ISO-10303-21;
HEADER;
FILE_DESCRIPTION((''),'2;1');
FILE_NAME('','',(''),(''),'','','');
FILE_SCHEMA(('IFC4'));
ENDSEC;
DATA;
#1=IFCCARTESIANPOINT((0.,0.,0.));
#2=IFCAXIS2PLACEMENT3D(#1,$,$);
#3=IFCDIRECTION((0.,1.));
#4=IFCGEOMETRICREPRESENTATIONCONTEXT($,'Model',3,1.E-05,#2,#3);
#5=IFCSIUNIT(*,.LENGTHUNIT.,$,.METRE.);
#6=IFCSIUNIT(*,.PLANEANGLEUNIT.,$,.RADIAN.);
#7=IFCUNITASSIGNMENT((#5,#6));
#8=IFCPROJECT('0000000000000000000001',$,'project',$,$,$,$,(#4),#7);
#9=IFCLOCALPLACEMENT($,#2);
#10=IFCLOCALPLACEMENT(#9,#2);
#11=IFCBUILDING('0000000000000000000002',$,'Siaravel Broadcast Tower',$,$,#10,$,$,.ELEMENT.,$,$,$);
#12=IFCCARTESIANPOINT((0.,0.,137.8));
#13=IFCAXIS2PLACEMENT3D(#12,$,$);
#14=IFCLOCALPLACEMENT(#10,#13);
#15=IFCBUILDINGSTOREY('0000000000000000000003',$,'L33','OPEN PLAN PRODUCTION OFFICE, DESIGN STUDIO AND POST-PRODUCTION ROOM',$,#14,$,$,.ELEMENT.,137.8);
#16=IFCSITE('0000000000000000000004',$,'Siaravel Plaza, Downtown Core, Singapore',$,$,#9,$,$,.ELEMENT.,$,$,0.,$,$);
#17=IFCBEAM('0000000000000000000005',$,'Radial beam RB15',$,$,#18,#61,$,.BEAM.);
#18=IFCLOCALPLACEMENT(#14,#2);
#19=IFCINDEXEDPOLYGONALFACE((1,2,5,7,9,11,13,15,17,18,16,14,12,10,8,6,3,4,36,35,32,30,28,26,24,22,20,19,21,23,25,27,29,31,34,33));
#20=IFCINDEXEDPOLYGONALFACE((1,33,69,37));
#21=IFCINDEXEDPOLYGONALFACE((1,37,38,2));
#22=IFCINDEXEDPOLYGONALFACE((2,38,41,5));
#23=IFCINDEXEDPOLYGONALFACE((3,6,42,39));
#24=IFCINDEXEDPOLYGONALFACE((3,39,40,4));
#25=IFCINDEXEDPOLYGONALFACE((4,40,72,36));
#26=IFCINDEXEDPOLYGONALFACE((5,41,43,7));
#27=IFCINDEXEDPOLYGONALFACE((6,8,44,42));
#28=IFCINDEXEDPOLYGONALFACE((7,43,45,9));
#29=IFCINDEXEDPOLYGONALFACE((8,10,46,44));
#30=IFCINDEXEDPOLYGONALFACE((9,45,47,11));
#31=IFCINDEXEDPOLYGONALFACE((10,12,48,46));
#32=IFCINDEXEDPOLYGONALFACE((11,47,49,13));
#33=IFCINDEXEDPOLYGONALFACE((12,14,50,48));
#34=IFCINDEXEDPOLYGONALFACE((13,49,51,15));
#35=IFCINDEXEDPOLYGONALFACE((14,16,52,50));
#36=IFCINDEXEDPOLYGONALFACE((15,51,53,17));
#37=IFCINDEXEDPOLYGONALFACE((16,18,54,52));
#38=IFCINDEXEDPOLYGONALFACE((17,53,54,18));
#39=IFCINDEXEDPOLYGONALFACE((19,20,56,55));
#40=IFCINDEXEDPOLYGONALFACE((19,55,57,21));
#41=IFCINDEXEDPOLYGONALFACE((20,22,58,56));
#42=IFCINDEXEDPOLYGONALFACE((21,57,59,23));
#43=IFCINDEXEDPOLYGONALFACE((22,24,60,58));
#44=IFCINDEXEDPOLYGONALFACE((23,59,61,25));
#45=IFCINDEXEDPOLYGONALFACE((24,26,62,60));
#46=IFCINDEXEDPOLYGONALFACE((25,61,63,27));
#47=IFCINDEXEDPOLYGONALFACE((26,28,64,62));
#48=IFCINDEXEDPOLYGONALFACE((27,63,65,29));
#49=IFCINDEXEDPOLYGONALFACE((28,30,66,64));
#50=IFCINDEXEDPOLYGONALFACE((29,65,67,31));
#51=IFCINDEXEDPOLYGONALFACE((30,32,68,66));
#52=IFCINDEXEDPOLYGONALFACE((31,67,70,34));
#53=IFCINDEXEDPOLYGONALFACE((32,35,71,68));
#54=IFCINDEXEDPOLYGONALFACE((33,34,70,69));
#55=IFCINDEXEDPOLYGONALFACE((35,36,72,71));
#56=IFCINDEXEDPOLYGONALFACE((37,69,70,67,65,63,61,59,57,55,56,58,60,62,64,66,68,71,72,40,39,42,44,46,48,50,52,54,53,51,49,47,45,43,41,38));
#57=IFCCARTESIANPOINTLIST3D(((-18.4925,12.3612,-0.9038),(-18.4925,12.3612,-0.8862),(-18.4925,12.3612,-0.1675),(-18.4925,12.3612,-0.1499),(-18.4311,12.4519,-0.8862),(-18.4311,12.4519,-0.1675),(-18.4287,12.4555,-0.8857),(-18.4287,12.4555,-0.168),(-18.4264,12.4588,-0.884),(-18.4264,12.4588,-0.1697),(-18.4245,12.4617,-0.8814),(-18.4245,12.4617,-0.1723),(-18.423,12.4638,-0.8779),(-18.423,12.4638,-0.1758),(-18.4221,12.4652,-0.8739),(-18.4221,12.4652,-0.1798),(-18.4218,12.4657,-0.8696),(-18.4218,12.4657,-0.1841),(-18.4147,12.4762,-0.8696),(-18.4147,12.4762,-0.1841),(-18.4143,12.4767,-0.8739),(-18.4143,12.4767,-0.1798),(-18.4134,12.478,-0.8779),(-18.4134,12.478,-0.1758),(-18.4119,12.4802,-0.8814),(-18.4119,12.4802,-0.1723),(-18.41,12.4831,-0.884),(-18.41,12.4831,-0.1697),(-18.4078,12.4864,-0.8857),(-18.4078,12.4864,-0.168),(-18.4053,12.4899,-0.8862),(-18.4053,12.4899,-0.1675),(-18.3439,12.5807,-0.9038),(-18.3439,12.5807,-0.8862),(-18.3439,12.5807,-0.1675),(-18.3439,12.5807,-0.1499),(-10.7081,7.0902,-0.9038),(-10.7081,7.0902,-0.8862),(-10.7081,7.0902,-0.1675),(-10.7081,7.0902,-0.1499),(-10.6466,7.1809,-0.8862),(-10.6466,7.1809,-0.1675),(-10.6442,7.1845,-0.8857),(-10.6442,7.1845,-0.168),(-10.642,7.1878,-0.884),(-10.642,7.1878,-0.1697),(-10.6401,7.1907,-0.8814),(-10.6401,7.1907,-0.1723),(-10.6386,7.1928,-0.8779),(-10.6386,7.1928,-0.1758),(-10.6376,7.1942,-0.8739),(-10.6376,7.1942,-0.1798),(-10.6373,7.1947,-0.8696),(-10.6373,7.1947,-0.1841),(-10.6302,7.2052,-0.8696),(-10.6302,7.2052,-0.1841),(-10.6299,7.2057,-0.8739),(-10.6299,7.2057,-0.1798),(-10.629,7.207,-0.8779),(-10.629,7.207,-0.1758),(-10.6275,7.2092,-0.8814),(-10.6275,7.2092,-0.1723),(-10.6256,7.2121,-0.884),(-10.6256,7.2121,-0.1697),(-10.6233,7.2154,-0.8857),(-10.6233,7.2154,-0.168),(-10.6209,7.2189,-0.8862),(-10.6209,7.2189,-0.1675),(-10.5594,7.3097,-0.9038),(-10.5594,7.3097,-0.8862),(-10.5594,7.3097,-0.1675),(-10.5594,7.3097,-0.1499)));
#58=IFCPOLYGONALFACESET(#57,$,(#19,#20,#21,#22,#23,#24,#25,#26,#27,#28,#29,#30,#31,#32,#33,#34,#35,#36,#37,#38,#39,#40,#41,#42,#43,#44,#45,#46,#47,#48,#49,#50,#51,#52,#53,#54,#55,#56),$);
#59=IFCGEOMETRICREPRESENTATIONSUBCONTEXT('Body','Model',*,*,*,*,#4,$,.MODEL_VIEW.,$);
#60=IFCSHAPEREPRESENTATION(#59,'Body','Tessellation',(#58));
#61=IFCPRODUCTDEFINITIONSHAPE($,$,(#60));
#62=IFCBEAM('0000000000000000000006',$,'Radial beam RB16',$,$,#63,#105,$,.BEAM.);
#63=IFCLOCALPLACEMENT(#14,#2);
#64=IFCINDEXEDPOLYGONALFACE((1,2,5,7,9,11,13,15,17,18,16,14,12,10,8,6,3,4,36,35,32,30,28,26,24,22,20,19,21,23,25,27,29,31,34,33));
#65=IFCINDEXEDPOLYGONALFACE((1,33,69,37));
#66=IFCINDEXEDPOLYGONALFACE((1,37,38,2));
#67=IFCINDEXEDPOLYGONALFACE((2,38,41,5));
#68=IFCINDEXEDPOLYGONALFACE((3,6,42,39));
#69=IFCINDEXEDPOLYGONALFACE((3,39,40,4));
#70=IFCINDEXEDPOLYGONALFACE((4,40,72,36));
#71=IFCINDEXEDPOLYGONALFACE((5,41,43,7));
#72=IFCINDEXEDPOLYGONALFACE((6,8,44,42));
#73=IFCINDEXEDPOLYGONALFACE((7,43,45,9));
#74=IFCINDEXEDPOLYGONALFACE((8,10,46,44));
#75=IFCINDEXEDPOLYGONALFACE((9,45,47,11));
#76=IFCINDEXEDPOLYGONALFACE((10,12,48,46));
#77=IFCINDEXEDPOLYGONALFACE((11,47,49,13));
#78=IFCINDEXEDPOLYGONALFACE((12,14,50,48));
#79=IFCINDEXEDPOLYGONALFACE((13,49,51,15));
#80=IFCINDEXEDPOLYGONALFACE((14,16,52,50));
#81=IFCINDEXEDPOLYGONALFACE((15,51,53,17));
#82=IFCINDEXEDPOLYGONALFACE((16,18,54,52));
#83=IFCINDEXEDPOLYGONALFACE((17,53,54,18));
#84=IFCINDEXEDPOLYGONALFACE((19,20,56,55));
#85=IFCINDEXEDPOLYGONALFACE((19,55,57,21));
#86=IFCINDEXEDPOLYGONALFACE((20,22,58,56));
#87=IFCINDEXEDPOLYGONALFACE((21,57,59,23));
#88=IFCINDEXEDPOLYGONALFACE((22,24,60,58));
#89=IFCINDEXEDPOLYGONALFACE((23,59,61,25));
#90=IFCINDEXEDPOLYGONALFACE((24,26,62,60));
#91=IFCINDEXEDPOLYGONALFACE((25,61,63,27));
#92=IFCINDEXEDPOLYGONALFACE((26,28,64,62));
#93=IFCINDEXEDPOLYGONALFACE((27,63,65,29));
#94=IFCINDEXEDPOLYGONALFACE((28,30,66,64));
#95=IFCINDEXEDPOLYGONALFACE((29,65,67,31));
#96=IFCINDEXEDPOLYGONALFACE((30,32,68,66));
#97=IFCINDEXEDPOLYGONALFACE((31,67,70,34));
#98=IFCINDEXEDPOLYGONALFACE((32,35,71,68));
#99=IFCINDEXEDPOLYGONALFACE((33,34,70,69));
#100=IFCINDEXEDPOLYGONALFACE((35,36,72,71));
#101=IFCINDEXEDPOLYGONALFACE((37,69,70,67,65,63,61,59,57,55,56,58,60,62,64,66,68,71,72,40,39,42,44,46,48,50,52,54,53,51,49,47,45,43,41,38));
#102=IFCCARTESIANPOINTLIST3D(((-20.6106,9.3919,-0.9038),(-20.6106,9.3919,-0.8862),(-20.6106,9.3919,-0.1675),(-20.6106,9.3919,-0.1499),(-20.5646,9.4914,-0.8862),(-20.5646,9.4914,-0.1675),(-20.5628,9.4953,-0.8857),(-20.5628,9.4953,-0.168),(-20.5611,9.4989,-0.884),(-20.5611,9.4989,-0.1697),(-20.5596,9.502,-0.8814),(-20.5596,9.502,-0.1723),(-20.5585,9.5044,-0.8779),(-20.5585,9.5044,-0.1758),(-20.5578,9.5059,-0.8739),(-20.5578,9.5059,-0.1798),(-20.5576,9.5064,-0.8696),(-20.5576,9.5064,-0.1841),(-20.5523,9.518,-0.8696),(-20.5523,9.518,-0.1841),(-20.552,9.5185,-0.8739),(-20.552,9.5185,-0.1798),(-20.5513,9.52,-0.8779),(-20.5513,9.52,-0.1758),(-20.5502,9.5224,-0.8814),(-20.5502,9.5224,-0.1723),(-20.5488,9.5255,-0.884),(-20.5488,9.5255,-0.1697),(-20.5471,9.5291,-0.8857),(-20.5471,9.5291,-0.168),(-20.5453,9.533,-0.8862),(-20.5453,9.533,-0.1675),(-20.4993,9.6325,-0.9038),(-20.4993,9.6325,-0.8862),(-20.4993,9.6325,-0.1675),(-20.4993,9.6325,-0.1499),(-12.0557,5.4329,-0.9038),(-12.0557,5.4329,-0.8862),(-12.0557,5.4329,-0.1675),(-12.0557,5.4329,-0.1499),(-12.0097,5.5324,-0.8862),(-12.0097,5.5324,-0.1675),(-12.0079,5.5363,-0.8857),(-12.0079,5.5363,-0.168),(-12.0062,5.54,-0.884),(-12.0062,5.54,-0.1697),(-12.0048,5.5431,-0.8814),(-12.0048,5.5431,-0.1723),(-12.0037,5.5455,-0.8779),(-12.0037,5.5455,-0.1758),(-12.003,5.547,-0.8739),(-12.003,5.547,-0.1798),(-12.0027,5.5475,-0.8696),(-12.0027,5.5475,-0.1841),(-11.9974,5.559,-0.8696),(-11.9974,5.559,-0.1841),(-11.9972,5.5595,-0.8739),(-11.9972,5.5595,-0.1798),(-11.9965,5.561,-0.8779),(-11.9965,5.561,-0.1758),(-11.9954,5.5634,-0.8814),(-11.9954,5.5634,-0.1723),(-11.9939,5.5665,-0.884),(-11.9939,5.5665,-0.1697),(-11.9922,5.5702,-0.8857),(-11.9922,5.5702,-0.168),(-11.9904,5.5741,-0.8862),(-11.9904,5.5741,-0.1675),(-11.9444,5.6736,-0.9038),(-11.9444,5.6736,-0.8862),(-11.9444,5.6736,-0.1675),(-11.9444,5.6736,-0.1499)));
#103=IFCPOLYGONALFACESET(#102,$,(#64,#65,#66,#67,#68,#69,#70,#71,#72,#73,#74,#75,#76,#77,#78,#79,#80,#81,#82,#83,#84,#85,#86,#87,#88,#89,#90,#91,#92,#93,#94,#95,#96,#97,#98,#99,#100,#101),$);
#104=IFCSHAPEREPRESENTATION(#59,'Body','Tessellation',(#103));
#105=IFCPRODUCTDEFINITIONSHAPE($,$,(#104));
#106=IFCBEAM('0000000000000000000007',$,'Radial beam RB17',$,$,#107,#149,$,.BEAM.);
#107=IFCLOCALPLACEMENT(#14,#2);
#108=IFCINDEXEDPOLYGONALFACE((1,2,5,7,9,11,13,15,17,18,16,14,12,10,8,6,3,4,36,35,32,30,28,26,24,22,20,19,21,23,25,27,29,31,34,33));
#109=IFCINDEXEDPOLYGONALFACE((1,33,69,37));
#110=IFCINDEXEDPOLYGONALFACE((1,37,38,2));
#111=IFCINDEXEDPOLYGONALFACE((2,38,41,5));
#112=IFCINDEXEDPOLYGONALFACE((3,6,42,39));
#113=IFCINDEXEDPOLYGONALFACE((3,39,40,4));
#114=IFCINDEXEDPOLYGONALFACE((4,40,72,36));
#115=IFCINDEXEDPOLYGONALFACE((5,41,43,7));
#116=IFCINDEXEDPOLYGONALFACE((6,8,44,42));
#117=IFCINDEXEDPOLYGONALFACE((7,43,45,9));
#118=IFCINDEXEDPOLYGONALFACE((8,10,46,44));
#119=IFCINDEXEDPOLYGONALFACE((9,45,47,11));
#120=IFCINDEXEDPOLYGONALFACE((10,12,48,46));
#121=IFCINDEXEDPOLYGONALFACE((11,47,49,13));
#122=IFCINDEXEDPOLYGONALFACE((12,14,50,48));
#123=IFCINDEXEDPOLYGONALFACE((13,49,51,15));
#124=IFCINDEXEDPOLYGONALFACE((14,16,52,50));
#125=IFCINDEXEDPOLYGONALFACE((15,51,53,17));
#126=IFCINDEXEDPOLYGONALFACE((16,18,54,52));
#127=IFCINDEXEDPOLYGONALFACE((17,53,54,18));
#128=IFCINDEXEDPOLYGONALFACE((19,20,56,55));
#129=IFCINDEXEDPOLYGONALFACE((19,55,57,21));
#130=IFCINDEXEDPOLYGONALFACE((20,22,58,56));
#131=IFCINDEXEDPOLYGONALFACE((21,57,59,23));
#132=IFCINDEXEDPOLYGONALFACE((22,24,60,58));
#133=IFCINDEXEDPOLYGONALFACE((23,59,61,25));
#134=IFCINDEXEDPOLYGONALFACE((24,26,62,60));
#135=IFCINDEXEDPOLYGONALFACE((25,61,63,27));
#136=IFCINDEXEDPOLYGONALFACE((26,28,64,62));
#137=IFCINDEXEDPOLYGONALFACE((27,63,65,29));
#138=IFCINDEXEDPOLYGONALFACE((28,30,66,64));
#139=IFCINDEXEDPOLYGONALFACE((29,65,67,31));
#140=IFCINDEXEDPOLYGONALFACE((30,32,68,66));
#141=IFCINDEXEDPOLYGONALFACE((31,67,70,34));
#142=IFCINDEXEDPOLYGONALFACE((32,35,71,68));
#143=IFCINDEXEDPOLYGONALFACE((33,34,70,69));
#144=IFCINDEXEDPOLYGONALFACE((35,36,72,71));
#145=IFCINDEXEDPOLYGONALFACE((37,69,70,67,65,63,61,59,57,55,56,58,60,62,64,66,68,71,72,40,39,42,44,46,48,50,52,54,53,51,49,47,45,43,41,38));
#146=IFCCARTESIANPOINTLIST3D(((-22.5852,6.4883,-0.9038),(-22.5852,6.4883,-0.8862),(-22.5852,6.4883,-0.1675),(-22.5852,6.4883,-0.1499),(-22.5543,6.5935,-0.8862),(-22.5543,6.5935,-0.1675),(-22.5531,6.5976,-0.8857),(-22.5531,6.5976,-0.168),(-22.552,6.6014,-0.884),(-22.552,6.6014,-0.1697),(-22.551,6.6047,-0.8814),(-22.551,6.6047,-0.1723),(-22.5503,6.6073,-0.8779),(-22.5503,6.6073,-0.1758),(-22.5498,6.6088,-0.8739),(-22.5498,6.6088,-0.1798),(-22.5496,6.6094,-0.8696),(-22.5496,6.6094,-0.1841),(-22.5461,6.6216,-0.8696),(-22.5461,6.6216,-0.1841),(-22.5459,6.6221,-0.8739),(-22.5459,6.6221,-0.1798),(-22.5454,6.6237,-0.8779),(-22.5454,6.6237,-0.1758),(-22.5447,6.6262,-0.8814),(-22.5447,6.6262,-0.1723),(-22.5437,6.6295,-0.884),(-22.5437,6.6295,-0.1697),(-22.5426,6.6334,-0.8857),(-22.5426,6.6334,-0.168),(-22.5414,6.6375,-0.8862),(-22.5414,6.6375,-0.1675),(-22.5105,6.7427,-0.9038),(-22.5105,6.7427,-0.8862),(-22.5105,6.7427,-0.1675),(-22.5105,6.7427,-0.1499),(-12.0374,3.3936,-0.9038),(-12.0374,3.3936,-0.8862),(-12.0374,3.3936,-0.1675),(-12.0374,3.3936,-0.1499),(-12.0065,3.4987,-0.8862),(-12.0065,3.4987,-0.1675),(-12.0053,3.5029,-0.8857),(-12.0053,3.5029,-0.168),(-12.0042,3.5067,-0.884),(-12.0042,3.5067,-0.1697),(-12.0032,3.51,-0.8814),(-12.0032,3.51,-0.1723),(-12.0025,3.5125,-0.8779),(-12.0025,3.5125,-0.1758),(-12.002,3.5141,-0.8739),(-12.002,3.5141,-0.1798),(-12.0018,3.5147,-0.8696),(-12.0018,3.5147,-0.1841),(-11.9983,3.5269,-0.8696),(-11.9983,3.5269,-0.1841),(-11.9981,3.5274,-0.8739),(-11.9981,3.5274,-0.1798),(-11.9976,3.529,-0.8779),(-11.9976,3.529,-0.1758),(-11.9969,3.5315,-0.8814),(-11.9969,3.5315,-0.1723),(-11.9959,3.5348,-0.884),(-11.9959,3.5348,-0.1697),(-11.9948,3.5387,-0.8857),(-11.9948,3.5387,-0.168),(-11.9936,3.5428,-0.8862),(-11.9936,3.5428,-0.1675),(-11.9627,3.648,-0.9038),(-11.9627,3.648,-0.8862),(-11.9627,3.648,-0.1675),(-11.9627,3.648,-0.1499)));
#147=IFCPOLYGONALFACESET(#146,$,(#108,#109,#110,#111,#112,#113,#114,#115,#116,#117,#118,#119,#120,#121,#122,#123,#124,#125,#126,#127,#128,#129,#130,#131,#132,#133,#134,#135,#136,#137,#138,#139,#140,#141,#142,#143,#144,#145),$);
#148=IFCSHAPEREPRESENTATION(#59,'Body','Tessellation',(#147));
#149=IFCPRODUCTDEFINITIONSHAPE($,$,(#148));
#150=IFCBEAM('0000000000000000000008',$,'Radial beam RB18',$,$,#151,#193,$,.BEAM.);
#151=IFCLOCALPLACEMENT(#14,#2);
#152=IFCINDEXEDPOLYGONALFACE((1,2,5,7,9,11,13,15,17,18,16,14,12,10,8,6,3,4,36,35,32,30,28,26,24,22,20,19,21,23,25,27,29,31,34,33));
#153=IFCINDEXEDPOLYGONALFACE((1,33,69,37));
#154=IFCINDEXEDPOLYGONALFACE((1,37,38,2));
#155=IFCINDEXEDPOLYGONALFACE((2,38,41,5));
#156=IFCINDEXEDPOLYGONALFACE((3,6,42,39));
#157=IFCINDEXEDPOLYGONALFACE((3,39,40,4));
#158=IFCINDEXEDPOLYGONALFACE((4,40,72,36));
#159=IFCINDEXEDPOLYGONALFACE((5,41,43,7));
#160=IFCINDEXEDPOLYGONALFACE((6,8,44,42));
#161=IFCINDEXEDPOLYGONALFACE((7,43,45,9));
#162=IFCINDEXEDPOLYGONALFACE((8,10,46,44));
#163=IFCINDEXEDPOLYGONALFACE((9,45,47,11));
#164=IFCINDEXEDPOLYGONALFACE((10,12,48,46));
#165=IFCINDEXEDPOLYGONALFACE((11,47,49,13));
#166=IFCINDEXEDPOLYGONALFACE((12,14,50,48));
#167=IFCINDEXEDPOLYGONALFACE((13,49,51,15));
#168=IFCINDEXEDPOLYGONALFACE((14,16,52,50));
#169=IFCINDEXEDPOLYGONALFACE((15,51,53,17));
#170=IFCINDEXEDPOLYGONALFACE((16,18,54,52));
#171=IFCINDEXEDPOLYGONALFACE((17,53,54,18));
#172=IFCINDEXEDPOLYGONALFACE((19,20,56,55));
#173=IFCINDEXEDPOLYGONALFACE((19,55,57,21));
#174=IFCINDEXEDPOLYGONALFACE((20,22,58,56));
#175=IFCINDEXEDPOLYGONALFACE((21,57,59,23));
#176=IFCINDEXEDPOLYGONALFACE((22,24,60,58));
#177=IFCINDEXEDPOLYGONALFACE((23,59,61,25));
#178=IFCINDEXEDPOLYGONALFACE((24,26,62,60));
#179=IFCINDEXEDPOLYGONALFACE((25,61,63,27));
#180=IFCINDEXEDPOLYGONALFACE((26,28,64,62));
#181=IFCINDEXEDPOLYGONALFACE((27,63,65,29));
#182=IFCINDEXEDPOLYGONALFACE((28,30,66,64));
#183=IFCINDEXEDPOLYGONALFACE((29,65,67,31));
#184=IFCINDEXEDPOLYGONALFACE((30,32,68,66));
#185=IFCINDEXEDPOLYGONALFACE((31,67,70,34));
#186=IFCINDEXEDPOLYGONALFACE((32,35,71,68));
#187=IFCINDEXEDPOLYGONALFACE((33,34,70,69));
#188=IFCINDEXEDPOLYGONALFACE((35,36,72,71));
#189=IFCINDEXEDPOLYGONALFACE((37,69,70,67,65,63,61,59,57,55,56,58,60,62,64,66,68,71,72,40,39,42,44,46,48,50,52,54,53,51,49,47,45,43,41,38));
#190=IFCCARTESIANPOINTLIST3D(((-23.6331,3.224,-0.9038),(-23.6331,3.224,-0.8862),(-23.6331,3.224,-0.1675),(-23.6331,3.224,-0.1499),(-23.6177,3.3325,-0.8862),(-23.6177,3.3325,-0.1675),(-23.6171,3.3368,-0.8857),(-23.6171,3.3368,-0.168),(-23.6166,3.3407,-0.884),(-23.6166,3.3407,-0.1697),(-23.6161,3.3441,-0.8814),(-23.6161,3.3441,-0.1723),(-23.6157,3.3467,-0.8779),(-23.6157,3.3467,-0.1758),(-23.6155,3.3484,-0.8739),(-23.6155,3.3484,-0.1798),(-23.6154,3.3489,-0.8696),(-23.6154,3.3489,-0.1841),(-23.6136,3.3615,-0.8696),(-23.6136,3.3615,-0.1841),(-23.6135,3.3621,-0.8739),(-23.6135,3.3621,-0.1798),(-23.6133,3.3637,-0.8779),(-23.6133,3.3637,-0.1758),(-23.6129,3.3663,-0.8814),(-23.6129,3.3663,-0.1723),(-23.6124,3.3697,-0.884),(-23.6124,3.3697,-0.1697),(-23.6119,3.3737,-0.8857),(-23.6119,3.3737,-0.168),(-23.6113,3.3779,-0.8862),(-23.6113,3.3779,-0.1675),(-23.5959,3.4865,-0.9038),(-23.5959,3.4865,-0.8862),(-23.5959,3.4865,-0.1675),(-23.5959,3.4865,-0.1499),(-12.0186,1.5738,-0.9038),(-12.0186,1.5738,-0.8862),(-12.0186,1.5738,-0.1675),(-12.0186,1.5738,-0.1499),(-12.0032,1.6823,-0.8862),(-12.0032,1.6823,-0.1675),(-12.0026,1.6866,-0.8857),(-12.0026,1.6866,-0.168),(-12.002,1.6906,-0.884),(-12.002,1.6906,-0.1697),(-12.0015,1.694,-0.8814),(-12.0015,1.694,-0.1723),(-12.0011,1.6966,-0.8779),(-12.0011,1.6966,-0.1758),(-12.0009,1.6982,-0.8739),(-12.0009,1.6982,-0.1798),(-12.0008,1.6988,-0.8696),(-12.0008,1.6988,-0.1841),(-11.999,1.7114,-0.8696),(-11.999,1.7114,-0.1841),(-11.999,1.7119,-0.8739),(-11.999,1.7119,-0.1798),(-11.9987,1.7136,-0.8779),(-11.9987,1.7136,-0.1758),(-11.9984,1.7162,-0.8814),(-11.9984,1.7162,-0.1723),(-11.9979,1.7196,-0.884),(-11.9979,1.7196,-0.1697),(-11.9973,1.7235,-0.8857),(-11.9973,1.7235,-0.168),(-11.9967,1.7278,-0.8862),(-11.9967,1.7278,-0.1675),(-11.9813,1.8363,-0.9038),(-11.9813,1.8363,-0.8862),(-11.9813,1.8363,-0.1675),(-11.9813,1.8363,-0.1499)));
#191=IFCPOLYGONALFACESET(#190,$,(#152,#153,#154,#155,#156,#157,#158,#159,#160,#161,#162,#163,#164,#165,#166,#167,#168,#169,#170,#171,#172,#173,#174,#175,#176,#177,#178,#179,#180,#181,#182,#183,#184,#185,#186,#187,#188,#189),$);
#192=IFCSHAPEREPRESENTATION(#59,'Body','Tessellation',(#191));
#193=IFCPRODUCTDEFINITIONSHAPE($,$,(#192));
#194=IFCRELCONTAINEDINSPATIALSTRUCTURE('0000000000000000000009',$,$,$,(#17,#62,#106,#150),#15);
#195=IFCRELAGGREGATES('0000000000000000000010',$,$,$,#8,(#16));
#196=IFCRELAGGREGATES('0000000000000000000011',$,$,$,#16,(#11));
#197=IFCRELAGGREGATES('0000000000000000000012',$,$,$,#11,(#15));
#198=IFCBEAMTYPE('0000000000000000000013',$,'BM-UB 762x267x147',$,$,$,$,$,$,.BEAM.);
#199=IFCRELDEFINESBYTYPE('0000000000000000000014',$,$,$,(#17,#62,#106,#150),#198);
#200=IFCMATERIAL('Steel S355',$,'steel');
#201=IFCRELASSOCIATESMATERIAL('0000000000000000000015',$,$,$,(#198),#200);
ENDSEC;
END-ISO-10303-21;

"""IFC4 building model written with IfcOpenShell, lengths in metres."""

from ifc_helpers import new_model, si_unit, direction, frame, origin, origin_2d, place, context, subcontext, project, spatial, i_section, extrude, material, material_profile, profile_set, type_object, element, save


model = new_model("IFC4")

# Units and contexts
model_context = context("Model", 3, precision=1e-05, world=origin(), true_north=direction((0.0, 1.0)))
body_context = subcontext(model_context, "Body", "Model", "MODEL_VIEW")
ifc_project = project(units=[si_unit("LENGTHUNIT", "METRE"), si_unit("PLANEANGLEUNIT", "RADIAN")], contexts=[model_context])

# Site, building, storey
site_placement = place(None, origin())
site = spatial("IfcSite", under=ifc_project, at=site_placement, Name="Siaravel Plaza, Downtown Core, Singapore", CompositionType="ELEMENT", RefElevation=0.0)
building_placement = place(site_placement, origin())
building = spatial("IfcBuilding", under=site, at=building_placement, Name="Siaravel Broadcast Tower", CompositionType="ELEMENT")
storey_placement = place(building_placement, frame((0.0, 0.0, 137.8)))
storey = spatial("IfcBuildingStorey", under=building, at=storey_placement, Name="L33", Description="OPEN PLAN PRODUCTION OFFICE, DESIGN STUDIO AND POST-PRODUCTION ROOM", CompositionType="ELEMENT", Elevation=137.8)

# Beams
ifc_material_1 = material(Name="Steel S355", Category="steel")
ifc_material_profile_1 = material_profile(ifc_material_1, i_section(OverallWidth=0.2651, OverallDepth=0.7539, WebThickness=0.0127, FlangeThickness=0.0176, FilletRadius=0.0166, at=origin_2d()))
ifc_profile_set_1 = profile_set([ifc_material_profile_1], Name="Steel S355")
beam_type = type_object("IfcBeamType", Name="BM-UB 762x267x147", PredefinedType="BEAM", material=ifc_profile_set_1)
beam_1_placement = place(storey_placement, frame((-18.4182, 12.4709, -0.5269), z_axis=(0.828033, -0.560679, 0.0), x_axis=(0.560679, 0.828033, 0.0)))
element("IfcBeam", 1, at=beam_1_placement, inside=storey, type_object=beam_type, Name="Radial beam RB15", PredefinedType="BEAM", context=body_context, shape_type="SweptSolid", body=[
    extrude(i_section(OverallWidth=0.2651, OverallDepth=0.7539, WebThickness=0.0127, FlangeThickness=0.0176, FilletRadius=0.0166, at=origin_2d()), origin(), (0.0, 0.0, 1.0), 9.4011),
])
beam_2_placement = place(storey_placement, frame((-20.5549, 9.5122, -0.5269), z_axis=(0.907533, -0.419981, 0.0), x_axis=(0.419981, 0.907533, 0.0)))
element("IfcBeam", 2, at=beam_2_placement, inside=storey, type_object=beam_type, Name="Radial beam RB16", PredefinedType="BEAM", context=body_context, shape_type="SweptSolid", body=[
    extrude(i_section(OverallWidth=0.2651, OverallDepth=0.7539, WebThickness=0.0127, FlangeThickness=0.0176, FilletRadius=0.0166, at=origin_2d()), origin(), (0.0, 0.0, 1.0), 9.4265),
])
beam_3_placement = place(storey_placement, frame((-22.5479, 6.6155, -0.5269), z_axis=(0.959552, -0.281531, 0.0), x_axis=(0.281531, 0.959552, 0.0)))
element("IfcBeam", 3, at=beam_3_placement, inside=storey, type_object=beam_type, Name="Radial beam RB17", PredefinedType="BEAM", context=body_context, shape_type="SweptSolid", body=[
    extrude(i_section(OverallWidth=0.2651, OverallDepth=0.7539, WebThickness=0.0127, FlangeThickness=0.0176, FilletRadius=0.0166, at=origin_2d()), origin(), (0.0, 0.0, 1.0), 10.9924),
])
beam_4_placement = place(storey_placement, frame((-23.6145, 3.3552, -0.5269), z_axis=(0.990057, -0.140664, 0.0), x_axis=(0.140664, 0.990057, 0.0)))
element("IfcBeam", 4, at=beam_4_placement, inside=storey, type_object=beam_type, Name="Radial beam RB18", PredefinedType="BEAM", context=body_context, shape_type="SweptSolid", body=[
    extrude(i_section(OverallWidth=0.2651, OverallDepth=0.7539, WebThickness=0.0127, FlangeThickness=0.0176, FilletRadius=0.0166, at=origin_2d()), origin(), (0.0, 0.0, 1.0), 11.7312),
])

save(model, "model.ifc")
